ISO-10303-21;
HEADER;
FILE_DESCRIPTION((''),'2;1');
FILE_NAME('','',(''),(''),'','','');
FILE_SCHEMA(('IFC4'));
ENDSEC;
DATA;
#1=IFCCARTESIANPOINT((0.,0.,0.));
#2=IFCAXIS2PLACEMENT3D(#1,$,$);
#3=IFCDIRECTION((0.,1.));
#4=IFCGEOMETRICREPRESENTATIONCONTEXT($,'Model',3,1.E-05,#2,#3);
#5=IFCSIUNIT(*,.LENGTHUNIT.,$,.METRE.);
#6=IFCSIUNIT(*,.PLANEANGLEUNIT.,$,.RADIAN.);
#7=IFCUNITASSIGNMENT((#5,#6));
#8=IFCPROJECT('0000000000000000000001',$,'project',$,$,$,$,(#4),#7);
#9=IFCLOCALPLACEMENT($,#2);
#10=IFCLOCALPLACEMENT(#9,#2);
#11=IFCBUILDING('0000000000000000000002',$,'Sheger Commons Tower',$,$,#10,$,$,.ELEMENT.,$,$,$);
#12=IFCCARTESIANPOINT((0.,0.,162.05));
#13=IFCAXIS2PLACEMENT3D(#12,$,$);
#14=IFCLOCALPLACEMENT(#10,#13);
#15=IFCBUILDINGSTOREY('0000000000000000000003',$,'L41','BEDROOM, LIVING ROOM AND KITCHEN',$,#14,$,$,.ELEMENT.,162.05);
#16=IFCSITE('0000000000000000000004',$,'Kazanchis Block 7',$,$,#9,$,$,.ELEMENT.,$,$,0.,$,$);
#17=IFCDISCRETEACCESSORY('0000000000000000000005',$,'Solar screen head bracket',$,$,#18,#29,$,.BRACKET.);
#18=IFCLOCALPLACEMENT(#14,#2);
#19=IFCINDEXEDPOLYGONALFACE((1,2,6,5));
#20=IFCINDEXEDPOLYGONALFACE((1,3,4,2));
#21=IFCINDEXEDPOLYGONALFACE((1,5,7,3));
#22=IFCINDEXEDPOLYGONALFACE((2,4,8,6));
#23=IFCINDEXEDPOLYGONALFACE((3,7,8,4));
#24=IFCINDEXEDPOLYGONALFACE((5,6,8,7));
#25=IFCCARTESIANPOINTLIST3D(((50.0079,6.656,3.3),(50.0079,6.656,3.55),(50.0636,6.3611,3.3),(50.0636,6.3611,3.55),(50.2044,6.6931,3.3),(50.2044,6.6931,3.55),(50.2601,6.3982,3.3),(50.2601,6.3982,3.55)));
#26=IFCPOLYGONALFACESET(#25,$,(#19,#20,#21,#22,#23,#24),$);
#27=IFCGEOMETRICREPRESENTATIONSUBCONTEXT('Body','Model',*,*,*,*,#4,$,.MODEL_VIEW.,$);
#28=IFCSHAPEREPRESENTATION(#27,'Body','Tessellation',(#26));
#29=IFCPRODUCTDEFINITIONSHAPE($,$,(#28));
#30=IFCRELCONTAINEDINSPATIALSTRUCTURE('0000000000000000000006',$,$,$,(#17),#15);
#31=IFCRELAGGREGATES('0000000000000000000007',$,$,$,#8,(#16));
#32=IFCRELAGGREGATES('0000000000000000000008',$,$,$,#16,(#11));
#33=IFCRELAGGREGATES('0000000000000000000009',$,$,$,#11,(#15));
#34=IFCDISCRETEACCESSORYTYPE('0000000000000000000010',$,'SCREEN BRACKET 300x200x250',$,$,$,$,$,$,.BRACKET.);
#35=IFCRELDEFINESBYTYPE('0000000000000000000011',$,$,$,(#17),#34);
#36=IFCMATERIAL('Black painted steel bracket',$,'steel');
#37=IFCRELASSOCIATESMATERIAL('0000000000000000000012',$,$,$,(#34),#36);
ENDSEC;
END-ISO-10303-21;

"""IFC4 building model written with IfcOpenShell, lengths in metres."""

from ifc_helpers import new_model, si_unit, direction, frame, origin, origin_2d, place, context, subcontext, project, spatial, rectangle, extrude, material, type_object, element, save


model = new_model("IFC4")

# Units and contexts
model_context = context("Model", 3, precision=1e-05, world=origin(), true_north=direction((0.0, 1.0)))
body_context = subcontext(model_context, "Body", "Model", "MODEL_VIEW")
ifc_project = project(units=[si_unit("LENGTHUNIT", "METRE"), si_unit("PLANEANGLEUNIT", "RADIAN")], contexts=[model_context])

# Site, building, storey
site_placement = place(None, origin())
site = spatial("IfcSite", under=ifc_project, at=site_placement, Name="Kazanchis Block 7", CompositionType="ELEMENT", RefElevation=0.0)
building_placement = place(site_placement, origin())
building = spatial("IfcBuilding", under=site, at=building_placement, Name="Sheger Commons Tower", CompositionType="ELEMENT")
storey_placement = place(building_placement, frame((0.0, 0.0, 162.05)))
storey = spatial("IfcBuildingStorey", under=building, at=storey_placement, Name="L41", Description="BEDROOM, LIVING ROOM AND KITCHEN", CompositionType="ELEMENT", Elevation=162.05)

# Discrete accessory
ifc_material_1 = material(Name="Black painted steel bracket", Category="steel")
discrete_accessory_type = type_object("IfcDiscreteAccessoryType", Name="SCREEN BRACKET 300x200x250", PredefinedType="BRACKET", material=ifc_material_1)
for number, where, z_axis, x_axis, name in (
    (1, (50.134, 6.5271, 3.3), (0.0, 0.0, 1.0), (-0.185615, 0.982623, 0.0), "Solar screen head bracket"),
):
    element("IfcDiscreteAccessory", number, at=place(storey_placement, frame(where, z_axis=z_axis, x_axis=x_axis)), inside=storey, type_object=discrete_accessory_type, Name=name, PredefinedType="BRACKET", context=body_context, shape_type="SweptSolid", body=[
        extrude(rectangle(XDim=0.3, YDim=0.2, at=origin_2d()), origin(), (0.0, 0.0, 1.0), 0.25),
    ])

save(model, "model.ifc")
